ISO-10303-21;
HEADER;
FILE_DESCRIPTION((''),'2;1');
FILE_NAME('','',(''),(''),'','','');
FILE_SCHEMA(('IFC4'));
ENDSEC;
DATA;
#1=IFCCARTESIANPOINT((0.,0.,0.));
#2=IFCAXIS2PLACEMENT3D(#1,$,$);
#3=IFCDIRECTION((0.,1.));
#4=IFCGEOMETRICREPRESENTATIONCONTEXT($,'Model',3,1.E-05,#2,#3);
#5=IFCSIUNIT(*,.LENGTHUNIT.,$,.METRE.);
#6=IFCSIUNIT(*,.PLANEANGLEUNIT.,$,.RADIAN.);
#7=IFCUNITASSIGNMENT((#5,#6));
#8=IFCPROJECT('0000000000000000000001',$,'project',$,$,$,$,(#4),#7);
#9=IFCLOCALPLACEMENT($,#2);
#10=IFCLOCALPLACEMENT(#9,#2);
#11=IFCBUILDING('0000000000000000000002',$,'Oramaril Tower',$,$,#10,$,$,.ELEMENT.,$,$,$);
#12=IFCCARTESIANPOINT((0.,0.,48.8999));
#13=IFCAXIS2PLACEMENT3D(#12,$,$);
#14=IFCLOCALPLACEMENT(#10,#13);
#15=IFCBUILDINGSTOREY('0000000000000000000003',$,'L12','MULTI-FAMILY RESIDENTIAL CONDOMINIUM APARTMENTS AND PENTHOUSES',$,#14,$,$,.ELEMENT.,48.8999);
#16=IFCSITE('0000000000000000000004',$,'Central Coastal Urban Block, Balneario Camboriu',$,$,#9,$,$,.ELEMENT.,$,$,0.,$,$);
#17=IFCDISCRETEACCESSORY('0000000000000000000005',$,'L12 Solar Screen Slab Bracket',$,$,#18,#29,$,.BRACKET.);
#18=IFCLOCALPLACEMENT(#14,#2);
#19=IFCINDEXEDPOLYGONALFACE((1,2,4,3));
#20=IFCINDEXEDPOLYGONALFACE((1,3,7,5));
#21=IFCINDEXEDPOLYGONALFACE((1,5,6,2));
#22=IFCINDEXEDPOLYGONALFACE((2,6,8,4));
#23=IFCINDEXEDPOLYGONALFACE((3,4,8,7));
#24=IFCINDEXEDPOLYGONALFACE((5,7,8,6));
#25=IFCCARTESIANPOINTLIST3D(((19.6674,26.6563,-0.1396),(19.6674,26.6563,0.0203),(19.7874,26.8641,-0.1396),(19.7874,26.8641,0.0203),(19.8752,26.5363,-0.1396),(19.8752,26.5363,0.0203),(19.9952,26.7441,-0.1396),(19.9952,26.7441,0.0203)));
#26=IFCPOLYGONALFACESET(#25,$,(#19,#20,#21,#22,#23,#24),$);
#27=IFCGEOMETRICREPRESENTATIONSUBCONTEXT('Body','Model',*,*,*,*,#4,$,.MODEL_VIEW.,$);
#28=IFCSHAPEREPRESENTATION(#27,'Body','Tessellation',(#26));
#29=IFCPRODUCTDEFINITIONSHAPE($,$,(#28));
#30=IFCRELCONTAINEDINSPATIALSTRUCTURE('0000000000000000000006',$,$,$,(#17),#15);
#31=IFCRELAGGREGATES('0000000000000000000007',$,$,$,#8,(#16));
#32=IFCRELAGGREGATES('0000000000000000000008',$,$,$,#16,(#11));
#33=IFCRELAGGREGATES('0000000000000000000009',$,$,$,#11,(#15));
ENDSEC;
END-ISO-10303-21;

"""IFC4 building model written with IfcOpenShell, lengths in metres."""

from ifc_helpers import new_model, si_unit, direction, frame, origin, origin_2d, place, context, subcontext, project, spatial, rectangle, extrude, element, save


model = new_model("IFC4")

# Units and contexts
model_context = context("Model", 3, precision=1e-05, world=origin(), true_north=direction((0.0, 1.0)))
body_context = subcontext(model_context, "Body", "Model", "MODEL_VIEW")
ifc_project = project(units=[si_unit("LENGTHUNIT", "METRE"), si_unit("PLANEANGLEUNIT", "RADIAN")], contexts=[model_context])

# Site, building, storey
site_placement = place(None, origin())
site = spatial("IfcSite", under=ifc_project, at=site_placement, Name="Central Coastal Urban Block, Balneario Camboriu", CompositionType="ELEMENT", RefElevation=0.0)
building_placement = place(site_placement, origin())
building = spatial("IfcBuilding", under=site, at=building_placement, Name="Oramaril Tower", CompositionType="ELEMENT")
storey_placement = place(building_placement, frame((0.0, 0.0, 48.8999)))
storey = spatial("IfcBuildingStorey", under=building, at=storey_placement, Name="L12", Description="MULTI-FAMILY RESIDENTIAL CONDOMINIUM APARTMENTS AND PENTHOUSES", CompositionType="ELEMENT", Elevation=48.8999)

# Discrete accessory
for number, where, z_axis, x_axis, name in (
    (1, (19.8313, 26.7002, -0.1396), (0.0, 0.0, 1.0), (-0.5, -0.866025, 0.0), "L12 Solar Screen Slab Bracket"),
):
    element("IfcDiscreteAccessory", number, at=place(storey_placement, frame(where, z_axis=z_axis, x_axis=x_axis)), inside=storey, Name=name, PredefinedType="BRACKET", context=body_context, shape_type="SweptSolid", body=[
        extrude(rectangle(XDim=0.24, YDim=0.24, at=origin_2d()), origin(), (0.0, 0.0, 1.0), 0.1599),
    ])

save(model, "model.ifc")
